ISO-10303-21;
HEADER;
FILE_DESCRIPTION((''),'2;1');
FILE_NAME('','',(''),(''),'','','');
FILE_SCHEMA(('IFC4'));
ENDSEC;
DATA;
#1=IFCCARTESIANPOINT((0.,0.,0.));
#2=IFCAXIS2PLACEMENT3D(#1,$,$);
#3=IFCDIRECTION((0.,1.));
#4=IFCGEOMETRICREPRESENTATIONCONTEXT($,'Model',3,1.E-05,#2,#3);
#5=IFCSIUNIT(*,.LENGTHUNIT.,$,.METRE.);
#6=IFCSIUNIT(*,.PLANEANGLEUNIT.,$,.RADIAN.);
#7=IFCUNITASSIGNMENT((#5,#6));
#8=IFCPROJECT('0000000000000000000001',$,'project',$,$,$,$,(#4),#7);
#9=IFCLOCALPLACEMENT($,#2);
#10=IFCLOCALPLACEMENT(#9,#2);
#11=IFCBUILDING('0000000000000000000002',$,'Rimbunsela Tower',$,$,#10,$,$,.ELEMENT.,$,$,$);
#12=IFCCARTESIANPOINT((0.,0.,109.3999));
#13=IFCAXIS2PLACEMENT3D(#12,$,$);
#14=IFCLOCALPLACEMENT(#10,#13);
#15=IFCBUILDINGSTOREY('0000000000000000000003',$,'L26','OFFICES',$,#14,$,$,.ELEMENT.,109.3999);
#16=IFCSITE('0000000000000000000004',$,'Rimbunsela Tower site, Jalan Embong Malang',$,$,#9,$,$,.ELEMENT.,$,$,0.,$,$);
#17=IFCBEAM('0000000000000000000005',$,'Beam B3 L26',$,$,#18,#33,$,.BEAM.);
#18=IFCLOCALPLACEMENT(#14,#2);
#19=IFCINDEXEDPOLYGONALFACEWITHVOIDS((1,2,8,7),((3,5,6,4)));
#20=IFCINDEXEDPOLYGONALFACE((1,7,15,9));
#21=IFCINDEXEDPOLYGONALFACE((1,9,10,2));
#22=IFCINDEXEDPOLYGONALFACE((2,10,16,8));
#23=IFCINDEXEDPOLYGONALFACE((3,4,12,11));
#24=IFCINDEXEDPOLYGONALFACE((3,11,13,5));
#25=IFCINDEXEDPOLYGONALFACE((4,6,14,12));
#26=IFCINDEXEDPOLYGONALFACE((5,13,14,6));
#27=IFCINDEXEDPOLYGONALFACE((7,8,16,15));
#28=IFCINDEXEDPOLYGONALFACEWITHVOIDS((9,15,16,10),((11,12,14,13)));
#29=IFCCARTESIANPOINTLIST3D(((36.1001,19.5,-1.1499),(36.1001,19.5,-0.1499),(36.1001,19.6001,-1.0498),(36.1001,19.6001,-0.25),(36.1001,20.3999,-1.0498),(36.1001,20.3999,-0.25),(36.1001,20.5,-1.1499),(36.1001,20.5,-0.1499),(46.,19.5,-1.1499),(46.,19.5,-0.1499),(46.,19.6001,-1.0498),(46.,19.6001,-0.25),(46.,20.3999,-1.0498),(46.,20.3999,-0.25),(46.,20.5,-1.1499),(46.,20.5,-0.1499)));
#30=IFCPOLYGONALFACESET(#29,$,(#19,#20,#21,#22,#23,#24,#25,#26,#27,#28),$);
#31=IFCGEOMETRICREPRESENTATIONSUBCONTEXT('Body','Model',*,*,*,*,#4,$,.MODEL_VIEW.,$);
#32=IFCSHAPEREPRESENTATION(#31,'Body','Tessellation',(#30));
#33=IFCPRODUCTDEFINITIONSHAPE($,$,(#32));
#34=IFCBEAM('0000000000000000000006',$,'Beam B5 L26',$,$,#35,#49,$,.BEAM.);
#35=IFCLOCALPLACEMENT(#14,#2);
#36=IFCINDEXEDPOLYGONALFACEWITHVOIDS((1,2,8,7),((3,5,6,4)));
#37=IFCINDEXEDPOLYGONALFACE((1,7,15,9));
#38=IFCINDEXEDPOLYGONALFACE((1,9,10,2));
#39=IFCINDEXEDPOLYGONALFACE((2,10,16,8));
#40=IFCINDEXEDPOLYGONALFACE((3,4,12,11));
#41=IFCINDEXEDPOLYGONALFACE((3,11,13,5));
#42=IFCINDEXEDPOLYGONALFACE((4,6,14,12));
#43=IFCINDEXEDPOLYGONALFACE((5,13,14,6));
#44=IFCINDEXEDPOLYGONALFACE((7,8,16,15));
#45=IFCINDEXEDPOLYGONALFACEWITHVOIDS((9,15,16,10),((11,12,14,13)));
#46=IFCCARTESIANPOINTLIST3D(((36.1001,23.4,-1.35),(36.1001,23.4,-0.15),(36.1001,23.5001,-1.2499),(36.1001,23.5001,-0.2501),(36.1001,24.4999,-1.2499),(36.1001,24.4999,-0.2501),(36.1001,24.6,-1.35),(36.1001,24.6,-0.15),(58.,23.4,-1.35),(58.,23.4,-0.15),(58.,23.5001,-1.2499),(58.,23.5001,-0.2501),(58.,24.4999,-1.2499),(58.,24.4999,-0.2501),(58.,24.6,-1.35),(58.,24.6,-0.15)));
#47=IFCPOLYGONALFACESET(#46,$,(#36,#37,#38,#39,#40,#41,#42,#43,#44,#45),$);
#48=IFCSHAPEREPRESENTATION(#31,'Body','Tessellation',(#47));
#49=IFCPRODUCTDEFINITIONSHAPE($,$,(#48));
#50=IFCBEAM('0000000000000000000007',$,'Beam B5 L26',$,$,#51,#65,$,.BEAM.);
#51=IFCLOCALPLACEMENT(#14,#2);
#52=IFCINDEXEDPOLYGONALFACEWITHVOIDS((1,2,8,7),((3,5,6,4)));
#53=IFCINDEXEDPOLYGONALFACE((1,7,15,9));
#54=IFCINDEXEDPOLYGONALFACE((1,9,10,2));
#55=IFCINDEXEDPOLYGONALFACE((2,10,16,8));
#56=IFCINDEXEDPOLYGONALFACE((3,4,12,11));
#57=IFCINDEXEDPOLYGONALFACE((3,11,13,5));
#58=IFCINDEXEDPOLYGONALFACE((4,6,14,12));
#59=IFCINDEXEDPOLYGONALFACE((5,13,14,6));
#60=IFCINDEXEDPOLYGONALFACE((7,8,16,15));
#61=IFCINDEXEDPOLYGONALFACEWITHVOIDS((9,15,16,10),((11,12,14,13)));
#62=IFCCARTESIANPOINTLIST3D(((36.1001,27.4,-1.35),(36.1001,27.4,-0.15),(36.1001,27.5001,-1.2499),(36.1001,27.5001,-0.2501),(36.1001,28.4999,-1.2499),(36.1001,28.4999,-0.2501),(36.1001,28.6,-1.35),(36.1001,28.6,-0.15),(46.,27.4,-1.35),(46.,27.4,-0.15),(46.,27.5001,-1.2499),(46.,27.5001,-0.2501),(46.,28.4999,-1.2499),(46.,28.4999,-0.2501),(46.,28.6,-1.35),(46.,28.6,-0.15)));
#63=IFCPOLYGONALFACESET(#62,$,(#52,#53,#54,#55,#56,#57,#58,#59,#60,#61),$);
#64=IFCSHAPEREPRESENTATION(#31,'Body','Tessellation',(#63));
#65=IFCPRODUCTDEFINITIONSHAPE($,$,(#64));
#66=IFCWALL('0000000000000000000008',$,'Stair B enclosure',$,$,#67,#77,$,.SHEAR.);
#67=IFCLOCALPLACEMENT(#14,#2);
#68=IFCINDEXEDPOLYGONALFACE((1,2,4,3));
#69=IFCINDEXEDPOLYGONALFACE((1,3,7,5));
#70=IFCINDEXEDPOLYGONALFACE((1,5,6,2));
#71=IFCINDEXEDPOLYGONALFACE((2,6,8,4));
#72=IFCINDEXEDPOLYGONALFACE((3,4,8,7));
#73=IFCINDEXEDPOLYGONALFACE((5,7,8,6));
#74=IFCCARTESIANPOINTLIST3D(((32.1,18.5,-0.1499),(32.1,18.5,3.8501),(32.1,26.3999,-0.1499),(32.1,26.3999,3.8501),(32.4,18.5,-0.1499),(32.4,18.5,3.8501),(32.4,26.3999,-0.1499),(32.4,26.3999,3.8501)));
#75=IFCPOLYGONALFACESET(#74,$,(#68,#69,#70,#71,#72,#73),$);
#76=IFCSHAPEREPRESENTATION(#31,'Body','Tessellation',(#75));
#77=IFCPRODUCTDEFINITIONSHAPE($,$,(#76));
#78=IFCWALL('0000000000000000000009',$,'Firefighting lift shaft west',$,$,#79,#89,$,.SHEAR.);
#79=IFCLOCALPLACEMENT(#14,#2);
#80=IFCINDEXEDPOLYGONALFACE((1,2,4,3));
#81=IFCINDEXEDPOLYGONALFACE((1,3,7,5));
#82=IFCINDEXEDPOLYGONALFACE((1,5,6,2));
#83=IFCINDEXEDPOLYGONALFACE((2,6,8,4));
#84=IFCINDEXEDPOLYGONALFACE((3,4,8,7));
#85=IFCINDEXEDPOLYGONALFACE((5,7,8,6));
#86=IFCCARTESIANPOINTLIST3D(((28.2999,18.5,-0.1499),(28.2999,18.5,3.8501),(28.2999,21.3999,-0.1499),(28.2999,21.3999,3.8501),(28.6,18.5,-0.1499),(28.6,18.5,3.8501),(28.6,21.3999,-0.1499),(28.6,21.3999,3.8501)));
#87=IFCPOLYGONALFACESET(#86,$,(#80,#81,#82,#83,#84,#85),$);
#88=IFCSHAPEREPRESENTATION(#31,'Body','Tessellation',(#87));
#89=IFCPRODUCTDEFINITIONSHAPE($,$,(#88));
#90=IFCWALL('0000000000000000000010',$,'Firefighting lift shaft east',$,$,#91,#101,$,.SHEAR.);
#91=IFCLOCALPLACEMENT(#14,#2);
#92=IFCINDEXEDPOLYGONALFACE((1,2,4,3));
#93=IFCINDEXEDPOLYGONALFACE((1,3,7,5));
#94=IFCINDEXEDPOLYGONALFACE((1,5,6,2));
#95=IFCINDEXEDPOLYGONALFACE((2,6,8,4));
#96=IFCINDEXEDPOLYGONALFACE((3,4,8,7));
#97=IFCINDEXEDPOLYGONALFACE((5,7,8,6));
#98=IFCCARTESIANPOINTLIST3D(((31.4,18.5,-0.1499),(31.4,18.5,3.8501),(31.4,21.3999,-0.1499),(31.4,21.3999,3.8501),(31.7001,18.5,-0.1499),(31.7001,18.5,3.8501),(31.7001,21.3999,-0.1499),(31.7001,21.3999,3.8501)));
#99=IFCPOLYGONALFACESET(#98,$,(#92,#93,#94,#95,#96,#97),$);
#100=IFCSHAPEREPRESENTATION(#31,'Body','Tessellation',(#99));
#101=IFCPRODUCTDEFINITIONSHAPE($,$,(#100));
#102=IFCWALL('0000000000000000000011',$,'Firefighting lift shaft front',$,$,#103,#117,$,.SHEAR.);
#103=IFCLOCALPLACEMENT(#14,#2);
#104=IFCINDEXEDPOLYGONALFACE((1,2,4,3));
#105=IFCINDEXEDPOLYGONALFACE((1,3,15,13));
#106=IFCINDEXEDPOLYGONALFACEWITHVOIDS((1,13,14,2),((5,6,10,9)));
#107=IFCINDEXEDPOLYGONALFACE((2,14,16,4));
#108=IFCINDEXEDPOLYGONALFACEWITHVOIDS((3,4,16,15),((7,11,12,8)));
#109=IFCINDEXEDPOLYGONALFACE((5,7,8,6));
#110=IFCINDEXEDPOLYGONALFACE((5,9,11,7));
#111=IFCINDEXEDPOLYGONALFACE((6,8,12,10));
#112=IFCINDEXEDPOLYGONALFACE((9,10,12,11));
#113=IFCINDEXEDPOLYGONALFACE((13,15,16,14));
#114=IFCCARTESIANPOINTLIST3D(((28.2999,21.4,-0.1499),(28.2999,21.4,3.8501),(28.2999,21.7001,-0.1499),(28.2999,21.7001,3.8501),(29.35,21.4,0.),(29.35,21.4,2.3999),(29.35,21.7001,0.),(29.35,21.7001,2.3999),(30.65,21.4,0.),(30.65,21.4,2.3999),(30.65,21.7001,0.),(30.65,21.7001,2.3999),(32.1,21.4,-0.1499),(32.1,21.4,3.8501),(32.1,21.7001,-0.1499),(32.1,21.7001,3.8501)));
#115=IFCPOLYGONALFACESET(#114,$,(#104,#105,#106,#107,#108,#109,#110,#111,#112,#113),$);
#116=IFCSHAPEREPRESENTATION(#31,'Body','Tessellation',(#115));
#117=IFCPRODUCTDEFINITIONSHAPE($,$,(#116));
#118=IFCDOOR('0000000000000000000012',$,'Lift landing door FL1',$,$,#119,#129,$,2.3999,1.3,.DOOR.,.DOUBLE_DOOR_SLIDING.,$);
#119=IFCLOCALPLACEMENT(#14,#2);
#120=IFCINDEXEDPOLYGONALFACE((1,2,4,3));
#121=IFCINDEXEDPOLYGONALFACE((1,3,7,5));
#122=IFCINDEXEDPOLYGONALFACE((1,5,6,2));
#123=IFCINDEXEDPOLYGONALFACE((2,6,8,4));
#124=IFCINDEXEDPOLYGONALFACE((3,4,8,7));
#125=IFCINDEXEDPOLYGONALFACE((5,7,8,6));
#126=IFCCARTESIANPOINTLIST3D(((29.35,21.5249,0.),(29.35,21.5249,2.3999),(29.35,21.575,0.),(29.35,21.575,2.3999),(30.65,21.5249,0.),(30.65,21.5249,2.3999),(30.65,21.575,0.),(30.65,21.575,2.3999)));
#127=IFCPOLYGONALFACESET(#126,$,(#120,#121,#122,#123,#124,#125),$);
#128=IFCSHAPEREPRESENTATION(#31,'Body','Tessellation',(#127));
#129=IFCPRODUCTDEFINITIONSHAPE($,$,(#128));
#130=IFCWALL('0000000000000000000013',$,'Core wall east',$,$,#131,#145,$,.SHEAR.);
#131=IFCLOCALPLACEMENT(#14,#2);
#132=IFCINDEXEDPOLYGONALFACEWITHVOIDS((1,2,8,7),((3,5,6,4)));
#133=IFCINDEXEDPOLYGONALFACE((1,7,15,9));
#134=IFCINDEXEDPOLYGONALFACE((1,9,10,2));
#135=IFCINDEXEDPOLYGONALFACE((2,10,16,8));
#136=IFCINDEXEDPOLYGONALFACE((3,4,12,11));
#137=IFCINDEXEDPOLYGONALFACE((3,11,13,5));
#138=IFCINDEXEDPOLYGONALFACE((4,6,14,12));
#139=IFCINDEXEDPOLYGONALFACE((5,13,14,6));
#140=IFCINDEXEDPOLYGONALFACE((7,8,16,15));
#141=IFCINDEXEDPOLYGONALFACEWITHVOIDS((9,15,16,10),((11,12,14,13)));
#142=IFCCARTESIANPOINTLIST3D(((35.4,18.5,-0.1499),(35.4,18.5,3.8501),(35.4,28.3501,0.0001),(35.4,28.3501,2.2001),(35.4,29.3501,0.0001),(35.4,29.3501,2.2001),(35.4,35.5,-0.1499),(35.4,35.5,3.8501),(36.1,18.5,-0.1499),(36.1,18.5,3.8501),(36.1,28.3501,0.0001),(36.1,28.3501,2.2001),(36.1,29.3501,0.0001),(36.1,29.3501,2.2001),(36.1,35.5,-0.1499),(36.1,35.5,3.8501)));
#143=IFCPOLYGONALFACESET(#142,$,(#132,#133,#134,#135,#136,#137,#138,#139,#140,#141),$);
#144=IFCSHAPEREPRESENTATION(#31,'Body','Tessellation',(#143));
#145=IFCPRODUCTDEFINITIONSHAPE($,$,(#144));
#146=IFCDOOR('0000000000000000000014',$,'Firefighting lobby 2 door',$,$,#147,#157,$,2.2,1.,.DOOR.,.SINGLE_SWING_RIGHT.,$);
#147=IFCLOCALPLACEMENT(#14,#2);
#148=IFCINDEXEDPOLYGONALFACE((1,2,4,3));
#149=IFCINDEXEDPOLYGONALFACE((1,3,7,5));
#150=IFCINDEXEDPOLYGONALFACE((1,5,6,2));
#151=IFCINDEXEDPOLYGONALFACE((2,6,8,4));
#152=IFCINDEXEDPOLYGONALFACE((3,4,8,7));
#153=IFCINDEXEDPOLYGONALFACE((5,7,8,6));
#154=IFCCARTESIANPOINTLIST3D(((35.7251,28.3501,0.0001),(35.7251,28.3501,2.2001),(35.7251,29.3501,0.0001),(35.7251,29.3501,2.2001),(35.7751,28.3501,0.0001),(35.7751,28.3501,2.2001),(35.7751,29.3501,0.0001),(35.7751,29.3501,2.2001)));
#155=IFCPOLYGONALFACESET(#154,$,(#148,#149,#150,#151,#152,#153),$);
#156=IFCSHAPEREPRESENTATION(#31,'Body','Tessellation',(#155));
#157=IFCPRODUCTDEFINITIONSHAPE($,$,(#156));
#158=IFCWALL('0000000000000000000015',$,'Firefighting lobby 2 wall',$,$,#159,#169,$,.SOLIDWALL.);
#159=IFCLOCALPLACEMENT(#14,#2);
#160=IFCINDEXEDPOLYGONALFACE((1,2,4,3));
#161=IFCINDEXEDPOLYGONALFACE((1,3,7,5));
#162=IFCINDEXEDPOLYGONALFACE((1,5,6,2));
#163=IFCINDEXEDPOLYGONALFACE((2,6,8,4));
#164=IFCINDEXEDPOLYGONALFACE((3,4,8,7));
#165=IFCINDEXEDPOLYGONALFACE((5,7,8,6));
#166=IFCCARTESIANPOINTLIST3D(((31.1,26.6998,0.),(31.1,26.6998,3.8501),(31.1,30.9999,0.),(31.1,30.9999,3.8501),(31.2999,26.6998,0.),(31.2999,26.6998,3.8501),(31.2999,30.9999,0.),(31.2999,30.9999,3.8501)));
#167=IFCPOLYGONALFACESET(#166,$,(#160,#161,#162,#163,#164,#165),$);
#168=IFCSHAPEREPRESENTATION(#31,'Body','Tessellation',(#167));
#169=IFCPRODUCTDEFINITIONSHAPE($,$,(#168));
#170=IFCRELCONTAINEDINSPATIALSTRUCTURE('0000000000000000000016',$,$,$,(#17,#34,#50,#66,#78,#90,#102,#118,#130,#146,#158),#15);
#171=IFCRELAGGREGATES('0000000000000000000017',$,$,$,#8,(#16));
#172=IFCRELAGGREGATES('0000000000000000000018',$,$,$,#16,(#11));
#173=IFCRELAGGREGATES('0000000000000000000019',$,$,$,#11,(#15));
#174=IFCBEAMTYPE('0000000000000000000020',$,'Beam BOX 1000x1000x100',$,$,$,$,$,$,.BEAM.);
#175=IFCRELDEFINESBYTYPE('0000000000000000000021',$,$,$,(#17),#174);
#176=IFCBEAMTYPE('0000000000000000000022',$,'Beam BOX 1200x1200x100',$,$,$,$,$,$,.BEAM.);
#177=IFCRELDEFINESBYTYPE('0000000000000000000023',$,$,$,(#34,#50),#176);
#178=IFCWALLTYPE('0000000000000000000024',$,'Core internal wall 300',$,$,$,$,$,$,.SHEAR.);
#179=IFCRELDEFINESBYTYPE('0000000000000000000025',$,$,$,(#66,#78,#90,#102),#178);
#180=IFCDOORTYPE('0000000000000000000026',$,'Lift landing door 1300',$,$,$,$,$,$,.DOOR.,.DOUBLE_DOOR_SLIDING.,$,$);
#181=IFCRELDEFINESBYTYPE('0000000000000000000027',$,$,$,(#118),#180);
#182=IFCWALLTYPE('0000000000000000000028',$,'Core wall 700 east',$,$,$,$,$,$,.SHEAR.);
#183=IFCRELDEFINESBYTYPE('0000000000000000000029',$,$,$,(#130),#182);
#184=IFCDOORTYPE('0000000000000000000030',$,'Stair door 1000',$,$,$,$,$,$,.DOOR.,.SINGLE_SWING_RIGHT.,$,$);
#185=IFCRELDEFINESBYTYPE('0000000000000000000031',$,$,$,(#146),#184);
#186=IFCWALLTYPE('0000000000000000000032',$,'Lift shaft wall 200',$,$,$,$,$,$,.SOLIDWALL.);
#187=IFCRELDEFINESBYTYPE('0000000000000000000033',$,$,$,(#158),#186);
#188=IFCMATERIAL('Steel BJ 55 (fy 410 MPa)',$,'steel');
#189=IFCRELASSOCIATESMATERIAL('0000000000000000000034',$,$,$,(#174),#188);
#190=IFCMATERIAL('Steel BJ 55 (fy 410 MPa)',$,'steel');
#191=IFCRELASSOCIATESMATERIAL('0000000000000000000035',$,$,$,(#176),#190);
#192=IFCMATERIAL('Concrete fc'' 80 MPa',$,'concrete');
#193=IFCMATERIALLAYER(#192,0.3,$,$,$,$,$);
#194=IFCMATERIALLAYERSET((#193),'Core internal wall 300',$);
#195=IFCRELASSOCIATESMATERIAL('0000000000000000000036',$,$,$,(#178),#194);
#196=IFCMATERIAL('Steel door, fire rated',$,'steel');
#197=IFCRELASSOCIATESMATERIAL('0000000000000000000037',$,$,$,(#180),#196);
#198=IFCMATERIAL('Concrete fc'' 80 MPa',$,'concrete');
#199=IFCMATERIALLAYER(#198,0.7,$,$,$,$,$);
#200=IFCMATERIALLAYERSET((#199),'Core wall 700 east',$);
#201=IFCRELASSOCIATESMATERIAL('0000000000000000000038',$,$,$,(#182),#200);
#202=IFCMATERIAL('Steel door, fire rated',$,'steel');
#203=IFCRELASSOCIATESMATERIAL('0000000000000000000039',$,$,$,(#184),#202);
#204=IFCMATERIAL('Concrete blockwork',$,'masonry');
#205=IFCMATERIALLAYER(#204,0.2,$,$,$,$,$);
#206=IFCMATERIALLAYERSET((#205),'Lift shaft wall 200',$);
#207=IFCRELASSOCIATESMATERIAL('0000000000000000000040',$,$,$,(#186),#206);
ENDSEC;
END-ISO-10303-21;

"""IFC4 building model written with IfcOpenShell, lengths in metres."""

from ifc_helpers import new_model, si_unit, direction, frame, frame_2d, origin, origin_2d, place, context, subcontext, project, spatial, rectangle, hollow_rectangle, extrude, material, layer, layer_set, material_profile, profile_set, type_object, element, fill, save


model = new_model("IFC4")

# Units and contexts
model_context = context("Model", 3, precision=1e-05, world=origin(), true_north=direction((0.0, 1.0)))
body_context = subcontext(model_context, "Body", "Model", "MODEL_VIEW")
ifc_project = project(units=[si_unit("LENGTHUNIT", "METRE"), si_unit("PLANEANGLEUNIT", "RADIAN")], contexts=[model_context])

# Site, building, storey
site_placement = place(None, origin())
site = spatial("IfcSite", under=ifc_project, at=site_placement, Name="Rimbunsela Tower site, Jalan Embong Malang", CompositionType="ELEMENT", RefElevation=0.0)
building_placement = place(site_placement, origin())
building = spatial("IfcBuilding", under=site, at=building_placement, Name="Rimbunsela Tower", CompositionType="ELEMENT")
storey_placement = place(building_placement, frame((0.0, 0.0, 109.3999)))
storey = spatial("IfcBuildingStorey", under=building, at=storey_placement, Name="L26", Description="OFFICES", CompositionType="ELEMENT", Elevation=109.3999)

# Beams
ifc_material_1 = material(Name="Steel BJ 55 (fy 410 MPa)", Category="steel")
ifc_material_profile_1 = material_profile(ifc_material_1, hollow_rectangle(XDim=1.0, YDim=1.0, WallThickness=0.1001, at=origin_2d()), Name="BOX 1000x1000x100")
ifc_profile_set_1 = profile_set([ifc_material_profile_1], Name="Steel BJ 55 (fy 410 MPa)")
beam_type_1 = type_object("IfcBeamType", Name="Beam BOX 1000x1000x100", PredefinedType="BEAM", material=ifc_profile_set_1)
beam_1_placement = place(storey_placement, frame((36.1001, 20.0, -0.6499), z_axis=(1.0, 0.0, 0.0), x_axis=(0.0, 1.0, 0.0)))
element("IfcBeam", 1, at=beam_1_placement, inside=storey, type_object=beam_type_1, Name="Beam B3 L26", PredefinedType="BEAM", context=body_context, shape_type="SweptSolid", body=[
    extrude(hollow_rectangle(XDim=1.0, YDim=1.0, WallThickness=0.1001, at=origin_2d()), origin(), (0.0, 0.0, 1.0), 9.8999),
])
ifc_material_2 = material(Name="Steel BJ 55 (fy 410 MPa)", Category="steel")
ifc_material_profile_2 = material_profile(ifc_material_2, hollow_rectangle(XDim=1.2, YDim=1.2, WallThickness=0.1001, at=origin_2d()), Name="BOX 1200x1200x100")
ifc_profile_set_2 = profile_set([ifc_material_profile_2], Name="Steel BJ 55 (fy 410 MPa)")
beam_type_2 = type_object("IfcBeamType", Name="Beam BOX 1200x1200x100", PredefinedType="BEAM", material=ifc_profile_set_2)
beam_2_placement = place(storey_placement, frame((36.1001, 24.0, -0.75), z_axis=(1.0, 0.0, 0.0), x_axis=(0.0, 1.0, 0.0)))
element("IfcBeam", 2, at=beam_2_placement, inside=storey, type_object=beam_type_2, Name="Beam B5 L26", PredefinedType="BEAM", context=body_context, shape_type="SweptSolid", body=[
    extrude(hollow_rectangle(XDim=1.2, YDim=1.2, WallThickness=0.1001, at=origin_2d()), origin(), (0.0, 0.0, 1.0), 21.8999),
])
beam_3_placement = place(storey_placement, frame((36.1001, 28.0, -0.75), z_axis=(1.0, 0.0, 0.0), x_axis=(0.0, 1.0, 0.0)))
element("IfcBeam", 3, at=beam_3_placement, inside=storey, type_object=beam_type_2, Name="Beam B5 L26", PredefinedType="BEAM", context=body_context, shape_type="SweptSolid", body=[
    extrude(hollow_rectangle(XDim=1.2, YDim=1.2, WallThickness=0.1001, at=origin_2d()), origin(), (0.0, 0.0, 1.0), 9.8999),
])

# Walls
ifc_material_3 = material(Name="Concrete fc' 80 MPa", Category="concrete")
ifc_layer_1 = layer(ifc_material_3, 0.3)
ifc_layer_set_1 = layer_set([ifc_layer_1], Name="Core internal wall 300")
wall_type_1 = type_object("IfcWallType", Name="Core internal wall 300", PredefinedType="SHEAR", material=ifc_layer_set_1)
wall_1_placement = place(storey_placement, frame((32.25, 18.5, -0.1499), z_axis=(0.0, 0.0, 1.0), x_axis=(0.0, 1.0, 0.0)))
element("IfcWall", 4, at=wall_1_placement, inside=storey, type_object=wall_type_1, Name="Stair B enclosure", PredefinedType="SHEAR", context=body_context, shape_type="SweptSolid", body=[
    extrude(rectangle(XDim=7.8999, YDim=0.3, at=frame_2d((3.95, 0.0))), origin(), (0.0, 0.0, 1.0), 4.0),
])
for number, where, z_axis, x_axis, name in (
    (5, (28.45, 18.5, -0.1499), (0.0, 0.0, 1.0), (0.0, 1.0, 0.0), "Firefighting lift shaft west"),
    (6, (31.55, 18.5, -0.1499), (0.0, 0.0, 1.0), (0.0, 1.0, 0.0), "Firefighting lift shaft east"),
):
    element("IfcWall", number, at=place(storey_placement, frame(where, z_axis=z_axis, x_axis=x_axis)), inside=storey, type_object=wall_type_1, Name=name, PredefinedType="SHEAR", context=body_context, shape_type="SweptSolid", body=[
        extrude(rectangle(XDim=2.8999, YDim=0.3, at=frame_2d((1.45, 0.0))), origin(), (0.0, 0.0, 1.0), 4.0),
    ])

# Walls, openings, doors
wall_2_placement = place(storey_placement, frame((28.3, 21.55, -0.1499), z_axis=(0.0, 0.0, 1.0), x_axis=(1.0, 0.0, 0.0)))
wall_2 = element("IfcWall", 7, at=wall_2_placement, inside=storey, type_object=wall_type_1, Name="Firefighting lift shaft front", PredefinedType="SHEAR", context=body_context, shape_type="SweptSolid", body=[
    extrude(rectangle(XDim=3.8, YDim=0.3, at=frame_2d((1.8999, 0.0))), origin(), (0.0, 0.0, 1.0), 4.0),
])
opening_1_placement = place(wall_2_placement, frame((1.05, 0.0, 0.1499)))
opening_1 = element("IfcOpeningElement", 8, at=opening_1_placement, cuts=wall_2, PredefinedType="OPENING", context=body_context, shape_type="SweptSolid", body=[
    extrude(rectangle(XDim=1.3, YDim=2.3999, at=frame_2d((0.6499, 1.2))), frame((0.0, 0.1599, 0.0), z_axis=(0.0, -1.0, 0.0), x_axis=(1.0, 0.0, 0.0)), (0.0, 0.0, 1.0), 0.3201),
])
ifc_material_4 = material(Name="Steel door, fire rated", Category="steel")
door_type_1 = type_object("IfcDoorType", Name="Lift landing door 1300", OperationType="DOUBLE_DOOR_SLIDING", PredefinedType="DOOR", material=ifc_material_4)
door_1_placement = place(opening_1_placement, origin())
door_1 = element("IfcDoor", 9, at=door_1_placement, inside=storey, type_object=door_type_1, Name="Lift landing door FL1", OperationType="DOUBLE_DOOR_SLIDING", OverallHeight=2.3999, OverallWidth=1.3, PredefinedType="DOOR", context=body_context, shape_type="SweptSolid", body=[
    extrude(rectangle(XDim=1.3, YDim=2.3999, at=frame_2d((0.6499, 1.2))), frame((0.0, 0.0249, 0.0), z_axis=(0.0, -1.0, 0.0), x_axis=(1.0, 0.0, 0.0)), (0.0, 0.0, 1.0), 0.05),
])
fill(opening_1, door_1)
ifc_material_5 = material(Name="Concrete fc' 80 MPa", Category="concrete")
ifc_layer_2 = layer(ifc_material_5, 0.7)
ifc_layer_set_2 = layer_set([ifc_layer_2], Name="Core wall 700 east")
wall_type_2 = type_object("IfcWallType", Name="Core wall 700 east", PredefinedType="SHEAR", material=ifc_layer_set_2)
wall_3_placement = place(storey_placement, frame((35.75, 18.5, -0.1499), z_axis=(0.0, 0.0, 1.0), x_axis=(0.0, 1.0, 0.0)))
wall_3 = element("IfcWall", 10, at=wall_3_placement, inside=storey, type_object=wall_type_2, Name="Core wall east", PredefinedType="SHEAR", context=body_context, shape_type="SweptSolid", body=[
    extrude(rectangle(XDim=17.0, YDim=0.7, at=frame_2d((8.5, 0.0))), origin(), (0.0, 0.0, 1.0), 4.0),
])
opening_2_placement = place(wall_3_placement, frame((9.8501, 0.0, 0.1499)))
opening_2 = element("IfcOpeningElement", 11, at=opening_2_placement, cuts=wall_3, PredefinedType="OPENING", context=body_context, shape_type="SweptSolid", body=[
    extrude(rectangle(XDim=1.0, YDim=2.2, at=frame_2d((0.5, 1.1001))), frame((0.0, 0.3599, 0.0), z_axis=(0.0, -1.0, 0.0), x_axis=(1.0, 0.0, 0.0)), (0.0, 0.0, 1.0), 0.72),
])
ifc_material_6 = material(Name="Steel door, fire rated", Category="steel")
door_type_2 = type_object("IfcDoorType", Name="Stair door 1000", OperationType="SINGLE_SWING_RIGHT", PredefinedType="DOOR", material=ifc_material_6)
door_2_placement = place(opening_2_placement, origin())
door_2 = element("IfcDoor", 12, at=door_2_placement, inside=storey, type_object=door_type_2, Name="Firefighting lobby 2 door", OperationType="SINGLE_SWING_RIGHT", OverallHeight=2.2, OverallWidth=1.0, PredefinedType="DOOR", context=body_context, shape_type="SweptSolid", body=[
    extrude(rectangle(XDim=1.0, YDim=2.2, at=frame_2d((0.5, 1.1001))), frame((0.0, 0.0249, 0.0), z_axis=(0.0, -1.0, 0.0), x_axis=(1.0, 0.0, 0.0)), (0.0, 0.0, 1.0), 0.05),
])
fill(opening_2, door_2)

# Wall
ifc_material_7 = material(Name="Concrete blockwork", Category="masonry")
ifc_layer_3 = layer(ifc_material_7, 0.2)
ifc_layer_set_3 = layer_set([ifc_layer_3], Name="Lift shaft wall 200")
wall_type_3 = type_object("IfcWallType", Name="Lift shaft wall 200", PredefinedType="SOLIDWALL", material=ifc_layer_set_3)
wall_4_placement = place(storey_placement, frame((31.2, 26.7, 0.0), z_axis=(0.0, 0.0, 1.0), x_axis=(0.0, 1.0, 0.0)))
element("IfcWall", 13, at=wall_4_placement, inside=storey, type_object=wall_type_3, Name="Firefighting lobby 2 wall", PredefinedType="SOLIDWALL", context=body_context, shape_type="SweptSolid", body=[
    extrude(rectangle(XDim=4.3, YDim=0.2, at=frame_2d((2.1499, 0.0))), origin(), (0.0, 0.0, 1.0), 3.8501),
])

save(model, "model.ifc")
